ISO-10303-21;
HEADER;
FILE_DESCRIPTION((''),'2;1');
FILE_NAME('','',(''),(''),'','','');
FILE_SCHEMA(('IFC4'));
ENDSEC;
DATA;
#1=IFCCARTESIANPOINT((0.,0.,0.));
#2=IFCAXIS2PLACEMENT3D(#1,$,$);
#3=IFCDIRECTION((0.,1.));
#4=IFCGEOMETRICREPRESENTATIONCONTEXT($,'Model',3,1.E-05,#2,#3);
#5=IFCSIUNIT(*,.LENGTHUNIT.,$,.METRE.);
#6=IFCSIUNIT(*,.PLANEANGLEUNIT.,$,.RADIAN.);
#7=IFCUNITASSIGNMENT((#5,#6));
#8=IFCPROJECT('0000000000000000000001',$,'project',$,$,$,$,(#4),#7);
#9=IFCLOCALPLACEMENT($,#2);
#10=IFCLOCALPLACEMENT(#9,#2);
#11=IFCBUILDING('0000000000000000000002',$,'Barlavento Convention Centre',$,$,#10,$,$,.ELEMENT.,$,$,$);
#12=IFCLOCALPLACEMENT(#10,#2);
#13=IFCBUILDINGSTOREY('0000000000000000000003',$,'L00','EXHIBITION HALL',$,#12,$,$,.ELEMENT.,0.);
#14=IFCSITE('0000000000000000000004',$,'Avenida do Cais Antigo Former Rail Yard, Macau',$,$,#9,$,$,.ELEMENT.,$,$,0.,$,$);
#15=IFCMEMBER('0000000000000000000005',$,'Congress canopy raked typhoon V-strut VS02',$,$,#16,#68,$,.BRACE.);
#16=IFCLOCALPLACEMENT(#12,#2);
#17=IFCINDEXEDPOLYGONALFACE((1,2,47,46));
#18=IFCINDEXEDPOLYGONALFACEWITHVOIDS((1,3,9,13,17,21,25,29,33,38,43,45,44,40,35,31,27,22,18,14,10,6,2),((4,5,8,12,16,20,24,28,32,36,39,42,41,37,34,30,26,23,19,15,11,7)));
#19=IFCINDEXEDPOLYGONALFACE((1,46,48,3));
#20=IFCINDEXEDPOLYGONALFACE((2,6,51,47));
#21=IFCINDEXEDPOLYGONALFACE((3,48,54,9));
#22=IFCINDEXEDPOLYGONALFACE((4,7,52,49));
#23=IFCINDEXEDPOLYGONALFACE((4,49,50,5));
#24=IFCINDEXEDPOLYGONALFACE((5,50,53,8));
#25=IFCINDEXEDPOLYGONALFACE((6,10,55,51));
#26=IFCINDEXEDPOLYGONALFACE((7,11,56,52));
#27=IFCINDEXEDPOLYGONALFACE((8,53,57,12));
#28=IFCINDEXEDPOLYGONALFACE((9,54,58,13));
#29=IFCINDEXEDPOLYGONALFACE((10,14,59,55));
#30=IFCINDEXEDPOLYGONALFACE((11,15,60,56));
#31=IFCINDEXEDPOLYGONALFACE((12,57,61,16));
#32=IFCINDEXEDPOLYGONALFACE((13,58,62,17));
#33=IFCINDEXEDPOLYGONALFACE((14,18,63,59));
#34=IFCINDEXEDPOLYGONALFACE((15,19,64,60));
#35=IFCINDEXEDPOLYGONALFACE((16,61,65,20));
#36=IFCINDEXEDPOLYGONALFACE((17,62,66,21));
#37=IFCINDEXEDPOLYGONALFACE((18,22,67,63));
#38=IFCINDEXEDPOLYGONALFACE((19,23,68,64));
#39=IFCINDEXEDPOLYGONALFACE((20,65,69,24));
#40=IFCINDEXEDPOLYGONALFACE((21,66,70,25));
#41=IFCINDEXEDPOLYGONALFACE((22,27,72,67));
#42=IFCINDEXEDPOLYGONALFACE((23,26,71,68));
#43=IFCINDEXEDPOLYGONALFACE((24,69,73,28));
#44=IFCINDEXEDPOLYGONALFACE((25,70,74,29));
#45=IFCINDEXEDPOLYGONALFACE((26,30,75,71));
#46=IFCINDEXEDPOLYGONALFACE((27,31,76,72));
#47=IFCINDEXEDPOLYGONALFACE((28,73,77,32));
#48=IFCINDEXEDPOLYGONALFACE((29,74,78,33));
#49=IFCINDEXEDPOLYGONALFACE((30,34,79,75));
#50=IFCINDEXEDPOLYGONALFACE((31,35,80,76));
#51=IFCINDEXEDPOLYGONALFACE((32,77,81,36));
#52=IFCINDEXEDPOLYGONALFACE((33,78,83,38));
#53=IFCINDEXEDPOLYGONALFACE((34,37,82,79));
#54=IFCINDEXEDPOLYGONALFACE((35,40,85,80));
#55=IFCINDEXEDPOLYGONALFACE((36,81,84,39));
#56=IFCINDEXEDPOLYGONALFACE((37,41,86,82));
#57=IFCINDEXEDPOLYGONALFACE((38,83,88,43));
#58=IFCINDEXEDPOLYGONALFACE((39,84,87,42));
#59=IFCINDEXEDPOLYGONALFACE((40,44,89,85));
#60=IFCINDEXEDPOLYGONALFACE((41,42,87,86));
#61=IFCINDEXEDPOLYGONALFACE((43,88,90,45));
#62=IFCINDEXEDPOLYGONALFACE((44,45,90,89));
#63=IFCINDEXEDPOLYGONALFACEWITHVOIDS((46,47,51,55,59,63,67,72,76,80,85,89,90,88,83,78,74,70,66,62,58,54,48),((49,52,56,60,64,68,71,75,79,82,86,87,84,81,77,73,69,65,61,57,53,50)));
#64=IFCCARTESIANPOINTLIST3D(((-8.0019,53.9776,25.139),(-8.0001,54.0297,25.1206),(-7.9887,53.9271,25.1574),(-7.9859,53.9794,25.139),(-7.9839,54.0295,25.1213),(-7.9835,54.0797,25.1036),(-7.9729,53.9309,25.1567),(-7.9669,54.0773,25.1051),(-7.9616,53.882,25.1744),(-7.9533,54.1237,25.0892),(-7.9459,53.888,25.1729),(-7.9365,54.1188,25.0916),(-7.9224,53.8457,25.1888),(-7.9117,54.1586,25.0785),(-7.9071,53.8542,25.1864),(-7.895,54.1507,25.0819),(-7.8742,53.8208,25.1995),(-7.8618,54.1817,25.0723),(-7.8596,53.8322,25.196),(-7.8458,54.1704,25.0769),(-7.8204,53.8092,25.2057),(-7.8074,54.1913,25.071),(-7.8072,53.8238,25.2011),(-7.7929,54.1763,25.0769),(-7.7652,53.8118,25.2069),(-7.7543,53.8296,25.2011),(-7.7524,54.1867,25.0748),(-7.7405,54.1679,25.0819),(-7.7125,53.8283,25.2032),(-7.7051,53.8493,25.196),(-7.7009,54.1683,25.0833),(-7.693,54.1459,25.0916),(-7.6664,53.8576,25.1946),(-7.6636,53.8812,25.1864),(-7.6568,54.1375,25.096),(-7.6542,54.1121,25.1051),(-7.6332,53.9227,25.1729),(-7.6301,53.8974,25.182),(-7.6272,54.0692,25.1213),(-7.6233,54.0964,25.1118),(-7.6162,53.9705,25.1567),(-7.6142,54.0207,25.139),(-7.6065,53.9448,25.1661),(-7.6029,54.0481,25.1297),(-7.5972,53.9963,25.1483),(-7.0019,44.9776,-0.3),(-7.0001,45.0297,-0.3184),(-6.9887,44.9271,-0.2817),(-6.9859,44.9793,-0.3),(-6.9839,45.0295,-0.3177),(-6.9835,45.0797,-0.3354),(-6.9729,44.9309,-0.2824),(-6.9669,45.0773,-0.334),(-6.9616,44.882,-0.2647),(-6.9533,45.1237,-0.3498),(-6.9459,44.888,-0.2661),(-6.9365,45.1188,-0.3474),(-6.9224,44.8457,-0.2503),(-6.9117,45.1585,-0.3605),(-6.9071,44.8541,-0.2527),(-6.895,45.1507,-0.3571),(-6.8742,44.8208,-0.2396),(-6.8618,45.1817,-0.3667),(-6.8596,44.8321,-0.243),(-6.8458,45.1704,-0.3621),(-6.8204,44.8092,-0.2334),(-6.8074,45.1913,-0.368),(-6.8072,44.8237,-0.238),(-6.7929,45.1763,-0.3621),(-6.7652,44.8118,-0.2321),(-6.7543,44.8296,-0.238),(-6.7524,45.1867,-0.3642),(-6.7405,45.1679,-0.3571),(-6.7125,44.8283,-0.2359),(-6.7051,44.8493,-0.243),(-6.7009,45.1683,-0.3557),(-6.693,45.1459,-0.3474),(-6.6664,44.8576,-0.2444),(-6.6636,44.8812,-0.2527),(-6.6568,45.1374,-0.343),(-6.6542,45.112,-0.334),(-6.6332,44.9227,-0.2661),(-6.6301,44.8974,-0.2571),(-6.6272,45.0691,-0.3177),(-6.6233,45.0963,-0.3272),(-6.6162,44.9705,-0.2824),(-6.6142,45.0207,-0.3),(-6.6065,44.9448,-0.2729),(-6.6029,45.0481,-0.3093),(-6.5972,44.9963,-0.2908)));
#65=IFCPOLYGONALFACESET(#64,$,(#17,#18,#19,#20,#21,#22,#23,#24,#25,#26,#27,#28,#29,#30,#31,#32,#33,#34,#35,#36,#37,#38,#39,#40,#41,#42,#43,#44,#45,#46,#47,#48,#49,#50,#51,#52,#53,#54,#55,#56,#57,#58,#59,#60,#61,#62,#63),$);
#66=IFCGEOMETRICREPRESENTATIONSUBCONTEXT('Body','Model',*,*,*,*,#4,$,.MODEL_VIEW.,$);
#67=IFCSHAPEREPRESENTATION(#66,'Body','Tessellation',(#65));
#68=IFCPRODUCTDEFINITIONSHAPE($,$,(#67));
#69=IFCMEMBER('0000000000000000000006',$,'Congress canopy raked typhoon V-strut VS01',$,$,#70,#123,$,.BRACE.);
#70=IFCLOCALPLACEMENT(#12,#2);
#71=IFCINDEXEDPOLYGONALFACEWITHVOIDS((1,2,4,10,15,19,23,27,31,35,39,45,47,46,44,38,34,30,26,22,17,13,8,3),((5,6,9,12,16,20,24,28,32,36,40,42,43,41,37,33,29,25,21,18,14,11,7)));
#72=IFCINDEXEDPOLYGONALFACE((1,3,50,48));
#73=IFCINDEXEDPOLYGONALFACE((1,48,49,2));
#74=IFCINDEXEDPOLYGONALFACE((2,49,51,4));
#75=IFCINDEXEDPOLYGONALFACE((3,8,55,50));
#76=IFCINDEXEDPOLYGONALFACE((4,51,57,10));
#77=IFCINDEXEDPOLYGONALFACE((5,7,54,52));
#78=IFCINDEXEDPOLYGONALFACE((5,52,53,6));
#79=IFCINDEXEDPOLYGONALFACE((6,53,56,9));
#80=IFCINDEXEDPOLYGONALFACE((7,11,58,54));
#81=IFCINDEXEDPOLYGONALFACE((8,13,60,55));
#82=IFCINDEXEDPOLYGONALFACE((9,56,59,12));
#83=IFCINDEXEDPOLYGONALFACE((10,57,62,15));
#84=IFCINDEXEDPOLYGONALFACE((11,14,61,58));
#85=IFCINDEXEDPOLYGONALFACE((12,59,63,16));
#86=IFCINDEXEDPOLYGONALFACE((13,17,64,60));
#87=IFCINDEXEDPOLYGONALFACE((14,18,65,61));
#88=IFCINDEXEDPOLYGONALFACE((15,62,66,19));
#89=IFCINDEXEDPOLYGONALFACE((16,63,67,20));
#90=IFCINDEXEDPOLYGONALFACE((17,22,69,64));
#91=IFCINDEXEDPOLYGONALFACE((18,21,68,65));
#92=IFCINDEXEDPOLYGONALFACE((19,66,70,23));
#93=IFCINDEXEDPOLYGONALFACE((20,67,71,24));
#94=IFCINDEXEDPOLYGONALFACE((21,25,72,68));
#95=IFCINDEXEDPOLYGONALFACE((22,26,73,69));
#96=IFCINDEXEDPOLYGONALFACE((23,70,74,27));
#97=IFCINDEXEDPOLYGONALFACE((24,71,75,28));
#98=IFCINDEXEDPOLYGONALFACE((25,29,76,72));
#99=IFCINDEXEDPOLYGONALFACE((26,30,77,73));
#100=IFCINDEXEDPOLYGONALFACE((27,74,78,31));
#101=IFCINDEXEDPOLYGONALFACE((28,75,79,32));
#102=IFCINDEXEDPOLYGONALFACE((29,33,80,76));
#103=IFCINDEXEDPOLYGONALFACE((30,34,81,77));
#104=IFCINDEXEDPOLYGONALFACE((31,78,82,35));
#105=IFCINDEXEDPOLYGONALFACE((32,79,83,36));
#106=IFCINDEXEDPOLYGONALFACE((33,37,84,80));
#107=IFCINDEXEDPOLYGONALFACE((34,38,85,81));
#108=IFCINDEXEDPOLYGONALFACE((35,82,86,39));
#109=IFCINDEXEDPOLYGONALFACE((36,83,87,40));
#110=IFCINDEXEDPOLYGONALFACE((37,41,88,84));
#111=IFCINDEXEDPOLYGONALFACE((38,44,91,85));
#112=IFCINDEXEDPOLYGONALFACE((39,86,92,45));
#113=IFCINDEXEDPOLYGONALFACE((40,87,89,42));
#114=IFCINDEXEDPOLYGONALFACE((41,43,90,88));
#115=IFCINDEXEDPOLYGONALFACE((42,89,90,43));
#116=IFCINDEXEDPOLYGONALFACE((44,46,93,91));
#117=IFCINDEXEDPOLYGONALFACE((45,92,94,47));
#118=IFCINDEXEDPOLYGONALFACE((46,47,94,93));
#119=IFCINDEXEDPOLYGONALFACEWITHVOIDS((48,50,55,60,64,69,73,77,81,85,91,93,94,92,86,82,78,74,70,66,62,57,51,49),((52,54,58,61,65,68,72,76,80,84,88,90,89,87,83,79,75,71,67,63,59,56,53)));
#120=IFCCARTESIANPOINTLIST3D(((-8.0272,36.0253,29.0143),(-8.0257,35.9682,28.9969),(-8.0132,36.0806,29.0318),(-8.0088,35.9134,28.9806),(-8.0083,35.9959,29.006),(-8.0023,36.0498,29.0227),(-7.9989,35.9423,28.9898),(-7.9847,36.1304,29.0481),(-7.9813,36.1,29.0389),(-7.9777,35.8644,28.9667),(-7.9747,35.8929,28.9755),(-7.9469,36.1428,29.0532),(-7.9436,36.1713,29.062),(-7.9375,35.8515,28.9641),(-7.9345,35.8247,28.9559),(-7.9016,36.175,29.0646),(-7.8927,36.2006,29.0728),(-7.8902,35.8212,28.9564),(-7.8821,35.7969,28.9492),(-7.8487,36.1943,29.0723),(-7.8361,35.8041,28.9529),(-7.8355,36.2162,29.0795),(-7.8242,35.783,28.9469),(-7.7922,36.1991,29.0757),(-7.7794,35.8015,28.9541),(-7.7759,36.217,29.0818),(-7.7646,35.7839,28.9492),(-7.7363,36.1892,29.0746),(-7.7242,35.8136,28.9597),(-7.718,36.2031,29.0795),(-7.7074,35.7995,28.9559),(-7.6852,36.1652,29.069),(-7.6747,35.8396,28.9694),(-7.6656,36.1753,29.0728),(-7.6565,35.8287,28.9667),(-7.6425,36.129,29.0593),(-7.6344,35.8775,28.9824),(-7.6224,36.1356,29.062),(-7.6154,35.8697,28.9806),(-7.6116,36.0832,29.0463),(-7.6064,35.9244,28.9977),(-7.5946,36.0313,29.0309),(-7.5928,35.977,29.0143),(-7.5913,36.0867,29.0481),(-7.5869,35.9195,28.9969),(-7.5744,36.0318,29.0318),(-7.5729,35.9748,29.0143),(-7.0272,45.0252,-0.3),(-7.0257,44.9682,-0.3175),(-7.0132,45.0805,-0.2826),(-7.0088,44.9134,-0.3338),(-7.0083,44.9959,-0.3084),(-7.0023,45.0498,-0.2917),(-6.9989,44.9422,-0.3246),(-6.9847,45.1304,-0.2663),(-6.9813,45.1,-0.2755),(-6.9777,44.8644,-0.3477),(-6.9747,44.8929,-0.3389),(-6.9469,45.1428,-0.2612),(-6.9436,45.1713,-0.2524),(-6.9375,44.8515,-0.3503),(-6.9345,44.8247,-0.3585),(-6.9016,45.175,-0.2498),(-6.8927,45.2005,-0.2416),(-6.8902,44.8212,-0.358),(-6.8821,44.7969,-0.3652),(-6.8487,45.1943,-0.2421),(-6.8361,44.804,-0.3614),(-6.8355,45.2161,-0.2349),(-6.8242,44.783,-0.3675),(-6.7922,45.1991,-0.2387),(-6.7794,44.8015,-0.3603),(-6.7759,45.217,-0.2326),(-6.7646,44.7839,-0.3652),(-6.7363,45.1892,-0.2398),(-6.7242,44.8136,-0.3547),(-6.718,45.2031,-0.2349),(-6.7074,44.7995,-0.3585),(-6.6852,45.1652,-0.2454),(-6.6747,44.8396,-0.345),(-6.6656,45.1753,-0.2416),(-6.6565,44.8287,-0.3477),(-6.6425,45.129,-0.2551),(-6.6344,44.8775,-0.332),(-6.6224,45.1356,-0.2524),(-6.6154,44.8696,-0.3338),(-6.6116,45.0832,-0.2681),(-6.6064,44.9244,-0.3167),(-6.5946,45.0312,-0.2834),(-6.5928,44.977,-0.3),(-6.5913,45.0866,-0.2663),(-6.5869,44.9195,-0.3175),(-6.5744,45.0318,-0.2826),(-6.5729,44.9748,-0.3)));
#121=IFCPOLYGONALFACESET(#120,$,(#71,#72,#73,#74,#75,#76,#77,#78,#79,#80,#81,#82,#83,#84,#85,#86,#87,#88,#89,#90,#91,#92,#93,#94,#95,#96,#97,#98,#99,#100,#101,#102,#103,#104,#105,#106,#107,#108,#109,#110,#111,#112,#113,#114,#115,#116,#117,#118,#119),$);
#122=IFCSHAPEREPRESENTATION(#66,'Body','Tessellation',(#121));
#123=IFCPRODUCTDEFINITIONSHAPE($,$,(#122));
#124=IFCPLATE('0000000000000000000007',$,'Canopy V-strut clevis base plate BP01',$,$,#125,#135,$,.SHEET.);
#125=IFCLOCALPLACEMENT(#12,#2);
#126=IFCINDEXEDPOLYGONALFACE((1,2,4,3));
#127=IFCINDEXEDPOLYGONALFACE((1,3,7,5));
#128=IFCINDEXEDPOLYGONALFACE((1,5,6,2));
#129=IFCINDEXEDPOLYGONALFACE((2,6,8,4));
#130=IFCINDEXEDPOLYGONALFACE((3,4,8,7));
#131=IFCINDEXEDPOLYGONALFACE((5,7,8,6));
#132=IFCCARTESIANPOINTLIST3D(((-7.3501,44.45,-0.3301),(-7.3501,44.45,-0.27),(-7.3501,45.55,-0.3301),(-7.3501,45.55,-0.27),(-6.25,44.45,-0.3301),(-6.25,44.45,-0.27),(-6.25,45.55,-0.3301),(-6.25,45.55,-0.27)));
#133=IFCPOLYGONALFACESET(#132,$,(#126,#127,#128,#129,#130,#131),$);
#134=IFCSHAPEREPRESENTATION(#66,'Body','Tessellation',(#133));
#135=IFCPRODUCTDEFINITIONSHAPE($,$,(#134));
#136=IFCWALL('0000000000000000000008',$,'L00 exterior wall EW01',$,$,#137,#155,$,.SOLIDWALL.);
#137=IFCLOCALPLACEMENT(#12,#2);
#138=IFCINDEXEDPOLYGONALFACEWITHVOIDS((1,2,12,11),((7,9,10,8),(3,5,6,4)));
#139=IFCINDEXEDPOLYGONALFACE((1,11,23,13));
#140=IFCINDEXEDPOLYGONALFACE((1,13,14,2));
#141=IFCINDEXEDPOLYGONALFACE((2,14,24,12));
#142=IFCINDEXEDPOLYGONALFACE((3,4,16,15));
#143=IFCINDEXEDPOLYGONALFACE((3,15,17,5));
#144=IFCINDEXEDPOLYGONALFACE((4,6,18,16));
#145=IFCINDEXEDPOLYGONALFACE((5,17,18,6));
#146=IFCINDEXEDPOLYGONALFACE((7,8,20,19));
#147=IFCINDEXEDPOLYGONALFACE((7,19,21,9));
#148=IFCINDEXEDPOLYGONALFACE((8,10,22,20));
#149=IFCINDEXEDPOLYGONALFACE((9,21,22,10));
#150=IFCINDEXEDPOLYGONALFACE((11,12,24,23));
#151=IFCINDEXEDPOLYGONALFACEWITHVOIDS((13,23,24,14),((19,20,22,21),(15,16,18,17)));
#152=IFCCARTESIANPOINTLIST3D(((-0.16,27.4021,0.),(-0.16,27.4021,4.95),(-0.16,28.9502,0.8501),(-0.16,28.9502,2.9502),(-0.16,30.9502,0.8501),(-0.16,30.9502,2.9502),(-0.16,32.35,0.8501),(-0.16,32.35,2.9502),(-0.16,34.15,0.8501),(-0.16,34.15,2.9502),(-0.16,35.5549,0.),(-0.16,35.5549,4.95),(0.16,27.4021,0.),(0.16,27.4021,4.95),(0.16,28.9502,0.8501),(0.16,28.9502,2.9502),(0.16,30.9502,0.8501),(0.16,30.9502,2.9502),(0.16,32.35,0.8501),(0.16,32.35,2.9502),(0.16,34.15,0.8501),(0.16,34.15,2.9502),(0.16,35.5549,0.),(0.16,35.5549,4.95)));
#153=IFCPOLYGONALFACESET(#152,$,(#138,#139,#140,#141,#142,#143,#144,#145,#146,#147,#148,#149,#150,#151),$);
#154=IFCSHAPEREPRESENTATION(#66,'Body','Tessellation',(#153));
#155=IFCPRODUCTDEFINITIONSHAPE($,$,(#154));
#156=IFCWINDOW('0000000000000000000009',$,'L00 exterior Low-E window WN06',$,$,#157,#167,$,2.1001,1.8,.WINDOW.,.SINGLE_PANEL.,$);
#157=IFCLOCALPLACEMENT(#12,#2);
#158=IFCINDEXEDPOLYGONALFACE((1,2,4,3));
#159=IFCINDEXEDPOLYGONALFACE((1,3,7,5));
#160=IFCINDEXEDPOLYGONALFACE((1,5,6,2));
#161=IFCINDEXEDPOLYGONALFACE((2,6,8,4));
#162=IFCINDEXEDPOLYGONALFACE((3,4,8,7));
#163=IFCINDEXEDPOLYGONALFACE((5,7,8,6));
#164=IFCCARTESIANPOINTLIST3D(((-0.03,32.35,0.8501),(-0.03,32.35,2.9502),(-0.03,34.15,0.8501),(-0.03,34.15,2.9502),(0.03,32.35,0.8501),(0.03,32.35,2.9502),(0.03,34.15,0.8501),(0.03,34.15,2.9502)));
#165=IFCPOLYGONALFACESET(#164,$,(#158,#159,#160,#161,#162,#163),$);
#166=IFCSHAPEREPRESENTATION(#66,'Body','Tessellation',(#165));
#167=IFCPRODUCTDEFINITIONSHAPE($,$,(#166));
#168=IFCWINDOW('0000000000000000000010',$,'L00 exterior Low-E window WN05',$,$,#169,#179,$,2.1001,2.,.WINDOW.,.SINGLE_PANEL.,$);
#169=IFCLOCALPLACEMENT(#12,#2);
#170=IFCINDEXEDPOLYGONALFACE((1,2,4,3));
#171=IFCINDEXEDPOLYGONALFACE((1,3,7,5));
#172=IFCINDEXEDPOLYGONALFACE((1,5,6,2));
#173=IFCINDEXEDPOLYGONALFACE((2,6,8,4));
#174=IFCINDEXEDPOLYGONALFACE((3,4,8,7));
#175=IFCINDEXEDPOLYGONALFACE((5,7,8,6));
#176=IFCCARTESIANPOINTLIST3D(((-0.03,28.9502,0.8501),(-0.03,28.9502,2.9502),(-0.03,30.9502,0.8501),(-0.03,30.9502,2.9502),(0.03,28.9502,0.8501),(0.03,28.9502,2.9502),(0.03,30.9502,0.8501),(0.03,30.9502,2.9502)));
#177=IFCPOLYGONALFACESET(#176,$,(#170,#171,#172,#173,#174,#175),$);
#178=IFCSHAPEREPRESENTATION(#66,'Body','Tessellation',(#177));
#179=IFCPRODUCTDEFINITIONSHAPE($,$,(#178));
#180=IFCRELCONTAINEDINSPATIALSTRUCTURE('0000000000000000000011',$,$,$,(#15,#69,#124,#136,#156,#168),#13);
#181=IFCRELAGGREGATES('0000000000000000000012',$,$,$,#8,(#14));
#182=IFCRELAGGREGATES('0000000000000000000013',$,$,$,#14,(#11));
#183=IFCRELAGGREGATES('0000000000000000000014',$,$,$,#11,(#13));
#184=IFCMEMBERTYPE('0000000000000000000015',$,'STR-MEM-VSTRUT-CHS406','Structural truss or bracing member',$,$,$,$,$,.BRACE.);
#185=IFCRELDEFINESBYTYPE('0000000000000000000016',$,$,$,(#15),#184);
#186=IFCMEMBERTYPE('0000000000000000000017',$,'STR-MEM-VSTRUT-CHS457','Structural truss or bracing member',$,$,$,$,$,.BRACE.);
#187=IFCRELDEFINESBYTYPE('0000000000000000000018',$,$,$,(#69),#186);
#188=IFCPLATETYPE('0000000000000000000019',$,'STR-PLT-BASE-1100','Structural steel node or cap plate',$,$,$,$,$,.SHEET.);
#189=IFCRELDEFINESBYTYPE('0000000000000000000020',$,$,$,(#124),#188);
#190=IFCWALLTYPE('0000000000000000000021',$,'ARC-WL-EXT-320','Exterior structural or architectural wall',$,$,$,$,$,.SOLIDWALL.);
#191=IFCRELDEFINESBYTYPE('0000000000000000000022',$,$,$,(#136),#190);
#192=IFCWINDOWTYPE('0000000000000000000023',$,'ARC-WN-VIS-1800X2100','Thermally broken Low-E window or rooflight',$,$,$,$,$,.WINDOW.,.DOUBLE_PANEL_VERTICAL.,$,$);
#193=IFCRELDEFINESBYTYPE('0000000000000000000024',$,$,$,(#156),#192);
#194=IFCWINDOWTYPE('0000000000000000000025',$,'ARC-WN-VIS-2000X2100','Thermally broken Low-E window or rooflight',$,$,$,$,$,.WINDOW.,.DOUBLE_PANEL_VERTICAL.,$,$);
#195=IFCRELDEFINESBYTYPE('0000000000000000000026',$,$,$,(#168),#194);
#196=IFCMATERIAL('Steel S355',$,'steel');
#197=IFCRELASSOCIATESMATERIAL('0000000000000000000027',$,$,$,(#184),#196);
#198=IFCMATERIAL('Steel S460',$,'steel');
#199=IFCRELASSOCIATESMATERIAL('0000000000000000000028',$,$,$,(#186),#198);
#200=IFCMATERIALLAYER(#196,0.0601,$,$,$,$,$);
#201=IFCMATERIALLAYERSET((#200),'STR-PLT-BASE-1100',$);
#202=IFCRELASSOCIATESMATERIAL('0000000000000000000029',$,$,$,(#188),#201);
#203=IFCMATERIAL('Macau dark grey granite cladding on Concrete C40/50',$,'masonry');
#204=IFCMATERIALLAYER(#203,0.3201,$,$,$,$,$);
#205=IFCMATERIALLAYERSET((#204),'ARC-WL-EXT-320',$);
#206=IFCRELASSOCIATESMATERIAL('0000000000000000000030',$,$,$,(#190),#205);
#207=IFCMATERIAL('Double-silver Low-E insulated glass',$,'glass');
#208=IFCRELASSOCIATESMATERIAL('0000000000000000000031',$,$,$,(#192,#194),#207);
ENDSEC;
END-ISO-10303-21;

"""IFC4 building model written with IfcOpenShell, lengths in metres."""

from ifc_helpers import new_model, si_unit, direction, frame, frame_2d, origin, origin_2d, place, context, subcontext, project, spatial, rectangle, hollow_circle, extrude, material, layer, layer_set, material_profile, profile_set, type_object, element, fill, save


model = new_model("IFC4")

# Units and contexts
model_context = context("Model", 3, precision=1e-05, world=origin(), true_north=direction((0.0, 1.0)))
body_context = subcontext(model_context, "Body", "Model", "MODEL_VIEW")
ifc_project = project(units=[si_unit("LENGTHUNIT", "METRE"), si_unit("PLANEANGLEUNIT", "RADIAN")], contexts=[model_context])

# Site, building, storey
site_placement = place(None, origin())
site = spatial("IfcSite", under=ifc_project, at=site_placement, Name="Avenida do Cais Antigo Former Rail Yard, Macau", CompositionType="ELEMENT", RefElevation=0.0)
building_placement = place(site_placement, origin())
building = spatial("IfcBuilding", under=site, at=building_placement, Name="Barlavento Convention Centre", CompositionType="ELEMENT")
storey_placement = place(building_placement, origin())
storey = spatial("IfcBuildingStorey", under=building, at=storey_placement, Name="L00", Description="EXHIBITION HALL", CompositionType="ELEMENT", Elevation=0.0)

# Shared definitions
ifc_material_1 = material(Name="Steel S460", Category="steel")

# Shared definitions
ifc_material_2 = material(Name="Steel S355", Category="steel")

# Members
ifc_material_profile_1 = material_profile(ifc_material_2, hollow_circle(Radius=0.2031, WallThickness=0.0161, at=origin_2d()), Name="CHS 406.4x16.0")
ifc_profile_set_1 = profile_set([ifc_material_profile_1], Name="Steel S355")
member_type_1 = type_object("IfcMemberType", Name="STR-MEM-VSTRUT-CHS406", Description="Structural truss or bracing member", PredefinedType="BRACE", material=ifc_profile_set_1)
member_1_placement = place(storey_placement, frame((-6.8, 45.0, -0.3), z_axis=(-0.037033, 0.333301, 0.942093), x_axis=(-0.993884, -0.110432, 0.0)))
element("IfcMember", 1, at=member_1_placement, inside=storey, type_object=member_type_1, Name="Congress canopy raked typhoon V-strut VS02", PredefinedType="BRACE", context=body_context, shape_type="SweptSolid", body=[
    extrude(hollow_circle(Radius=0.2031, WallThickness=0.0161, at=origin_2d()), origin(), (0.0, 0.0, 1.0), 27.0027),
])
ifc_material_profile_2 = material_profile(ifc_material_1, hollow_circle(Radius=0.2285, WallThickness=0.02, at=origin_2d()), Name="CHS 457.0x20.0")
ifc_profile_set_2 = profile_set([ifc_material_profile_2], Name="Steel S460")
member_type_2 = type_object("IfcMemberType", Name="STR-MEM-VSTRUT-CHS457", Description="Structural truss or bracing member", PredefinedType="BRACE", material=ifc_profile_set_2)
member_2_placement = place(storey_placement, frame((-6.8, 45.0, -0.3), z_axis=(-0.032593, -0.293339, 0.955453), x_axis=(0.993884, -0.110432, 0.0)))
element("IfcMember", 2, at=member_2_placement, inside=storey, type_object=member_type_2, Name="Congress canopy raked typhoon V-strut VS01", PredefinedType="BRACE", context=body_context, shape_type="SweptSolid", body=[
    extrude(hollow_circle(Radius=0.2285, WallThickness=0.02, at=origin_2d()), origin(), (0.0, 0.0, 1.0), 30.6812),
])

# Plate
ifc_layer_1 = layer(ifc_material_2, 0.0601)
ifc_layer_set_1 = layer_set([ifc_layer_1], Name="STR-PLT-BASE-1100")
plate_type = type_object("IfcPlateType", Name="STR-PLT-BASE-1100", Description="Structural steel node or cap plate", PredefinedType="SHEET", material=ifc_layer_set_1)
plate_placement = place(storey_placement, frame((-6.8, 45.0, -0.3301), z_axis=(0.0, 0.0, 1.0), x_axis=(1.0, 0.0, 0.0)))
element("IfcPlate", 3, at=plate_placement, inside=storey, type_object=plate_type, Name="Canopy V-strut clevis base plate BP01", PredefinedType="SHEET", context=body_context, shape_type="SweptSolid", body=[
    extrude(rectangle(XDim=1.1001, YDim=1.1001, at=origin_2d()), origin(), (0.0, 0.0, 1.0), 0.0601),
])

# Wall, openings, windows
ifc_material_3 = material(Name="Macau dark grey granite cladding on Concrete C40/50", Category="masonry")
ifc_layer_2 = layer(ifc_material_3, 0.3201)
ifc_layer_set_2 = layer_set([ifc_layer_2], Name="ARC-WL-EXT-320")
wall_type_1 = type_object("IfcWallType", Name="ARC-WL-EXT-320", Description="Exterior structural or architectural wall", PredefinedType="SOLIDWALL", material=ifc_layer_set_2)
wall_1_placement = place(storey_placement, frame((0.0, 27.4021, 0.0), z_axis=(0.0, 0.0, 1.0), x_axis=(0.0, 1.0, 0.0)))
wall_1 = element("IfcWall", 4, at=wall_1_placement, inside=storey, type_object=wall_type_1, Name="L00 exterior wall EW01", PredefinedType="SOLIDWALL", context=body_context, shape_type="SweptSolid", body=[
    extrude(rectangle(XDim=8.1528, YDim=0.3201, at=frame_2d((4.0764, 0.0))), origin(), (0.0, 0.0, 1.0), 4.95),
])
opening_1_placement = place(wall_1_placement, frame((1.5481, 0.0, 0.8501)))
opening_1 = element("IfcOpeningElement", 5, at=opening_1_placement, cuts=wall_1, PredefinedType="OPENING", context=body_context, shape_type="SweptSolid", body=[
    extrude(rectangle(XDim=2.0, YDim=2.1001, at=frame_2d((1.0, 1.05))), frame((0.0, 0.1699, 0.0), z_axis=(0.0, -1.0, 0.0), x_axis=(1.0, 0.0, 0.0)), (0.0, 0.0, 1.0), 0.3401),
])
opening_2_placement = place(wall_1_placement, frame((4.948, 0.0, 0.8501)))
opening_2 = element("IfcOpeningElement", 6, at=opening_2_placement, cuts=wall_1, PredefinedType="OPENING", context=body_context, shape_type="SweptSolid", body=[
    extrude(rectangle(XDim=1.8, YDim=2.1001, at=frame_2d((0.8999, 1.05))), frame((0.0, 0.1699, 0.0), z_axis=(0.0, -1.0, 0.0), x_axis=(1.0, 0.0, 0.0)), (0.0, 0.0, 1.0), 0.3401),
])
ifc_material_4 = material(Name="Double-silver Low-E insulated glass", Category="glass")
window_type_1 = type_object("IfcWindowType", Name="ARC-WN-VIS-1800X2100", Description="Thermally broken Low-E window or rooflight", PartitioningType="DOUBLE_PANEL_VERTICAL", PredefinedType="WINDOW", material=ifc_material_4)
window_1_placement = place(opening_2_placement, origin())
window_1 = element("IfcWindow", 7, at=window_1_placement, inside=storey, type_object=window_type_1, Name="L00 exterior Low-E window WN06", OverallHeight=2.1001, OverallWidth=1.8, PartitioningType="SINGLE_PANEL", PredefinedType="WINDOW", context=body_context, shape_type="SweptSolid", body=[
    extrude(rectangle(XDim=1.8, YDim=2.1001, at=frame_2d((0.8999, 1.05))), frame((0.0, 0.03, 0.0), z_axis=(0.0, -1.0, 0.0), x_axis=(1.0, 0.0, 0.0)), (0.0, 0.0, 1.0), 0.0601),
])
fill(opening_2, window_1)
window_type_2 = type_object("IfcWindowType", Name="ARC-WN-VIS-2000X2100", Description="Thermally broken Low-E window or rooflight", PartitioningType="DOUBLE_PANEL_VERTICAL", PredefinedType="WINDOW", material=ifc_material_4)
window_2_placement = place(opening_1_placement, origin())
window_2 = element("IfcWindow", 8, at=window_2_placement, inside=storey, type_object=window_type_2, Name="L00 exterior Low-E window WN05", OverallHeight=2.1001, OverallWidth=2.0, PartitioningType="SINGLE_PANEL", PredefinedType="WINDOW", context=body_context, shape_type="SweptSolid", body=[
    extrude(rectangle(XDim=2.0, YDim=2.1001, at=frame_2d((1.0, 1.05))), frame((0.0, 0.03, 0.0), z_axis=(0.0, -1.0, 0.0), x_axis=(1.0, 0.0, 0.0)), (0.0, 0.0, 1.0), 0.0601),
])
fill(opening_1, window_2)

save(model, "model.ifc")
